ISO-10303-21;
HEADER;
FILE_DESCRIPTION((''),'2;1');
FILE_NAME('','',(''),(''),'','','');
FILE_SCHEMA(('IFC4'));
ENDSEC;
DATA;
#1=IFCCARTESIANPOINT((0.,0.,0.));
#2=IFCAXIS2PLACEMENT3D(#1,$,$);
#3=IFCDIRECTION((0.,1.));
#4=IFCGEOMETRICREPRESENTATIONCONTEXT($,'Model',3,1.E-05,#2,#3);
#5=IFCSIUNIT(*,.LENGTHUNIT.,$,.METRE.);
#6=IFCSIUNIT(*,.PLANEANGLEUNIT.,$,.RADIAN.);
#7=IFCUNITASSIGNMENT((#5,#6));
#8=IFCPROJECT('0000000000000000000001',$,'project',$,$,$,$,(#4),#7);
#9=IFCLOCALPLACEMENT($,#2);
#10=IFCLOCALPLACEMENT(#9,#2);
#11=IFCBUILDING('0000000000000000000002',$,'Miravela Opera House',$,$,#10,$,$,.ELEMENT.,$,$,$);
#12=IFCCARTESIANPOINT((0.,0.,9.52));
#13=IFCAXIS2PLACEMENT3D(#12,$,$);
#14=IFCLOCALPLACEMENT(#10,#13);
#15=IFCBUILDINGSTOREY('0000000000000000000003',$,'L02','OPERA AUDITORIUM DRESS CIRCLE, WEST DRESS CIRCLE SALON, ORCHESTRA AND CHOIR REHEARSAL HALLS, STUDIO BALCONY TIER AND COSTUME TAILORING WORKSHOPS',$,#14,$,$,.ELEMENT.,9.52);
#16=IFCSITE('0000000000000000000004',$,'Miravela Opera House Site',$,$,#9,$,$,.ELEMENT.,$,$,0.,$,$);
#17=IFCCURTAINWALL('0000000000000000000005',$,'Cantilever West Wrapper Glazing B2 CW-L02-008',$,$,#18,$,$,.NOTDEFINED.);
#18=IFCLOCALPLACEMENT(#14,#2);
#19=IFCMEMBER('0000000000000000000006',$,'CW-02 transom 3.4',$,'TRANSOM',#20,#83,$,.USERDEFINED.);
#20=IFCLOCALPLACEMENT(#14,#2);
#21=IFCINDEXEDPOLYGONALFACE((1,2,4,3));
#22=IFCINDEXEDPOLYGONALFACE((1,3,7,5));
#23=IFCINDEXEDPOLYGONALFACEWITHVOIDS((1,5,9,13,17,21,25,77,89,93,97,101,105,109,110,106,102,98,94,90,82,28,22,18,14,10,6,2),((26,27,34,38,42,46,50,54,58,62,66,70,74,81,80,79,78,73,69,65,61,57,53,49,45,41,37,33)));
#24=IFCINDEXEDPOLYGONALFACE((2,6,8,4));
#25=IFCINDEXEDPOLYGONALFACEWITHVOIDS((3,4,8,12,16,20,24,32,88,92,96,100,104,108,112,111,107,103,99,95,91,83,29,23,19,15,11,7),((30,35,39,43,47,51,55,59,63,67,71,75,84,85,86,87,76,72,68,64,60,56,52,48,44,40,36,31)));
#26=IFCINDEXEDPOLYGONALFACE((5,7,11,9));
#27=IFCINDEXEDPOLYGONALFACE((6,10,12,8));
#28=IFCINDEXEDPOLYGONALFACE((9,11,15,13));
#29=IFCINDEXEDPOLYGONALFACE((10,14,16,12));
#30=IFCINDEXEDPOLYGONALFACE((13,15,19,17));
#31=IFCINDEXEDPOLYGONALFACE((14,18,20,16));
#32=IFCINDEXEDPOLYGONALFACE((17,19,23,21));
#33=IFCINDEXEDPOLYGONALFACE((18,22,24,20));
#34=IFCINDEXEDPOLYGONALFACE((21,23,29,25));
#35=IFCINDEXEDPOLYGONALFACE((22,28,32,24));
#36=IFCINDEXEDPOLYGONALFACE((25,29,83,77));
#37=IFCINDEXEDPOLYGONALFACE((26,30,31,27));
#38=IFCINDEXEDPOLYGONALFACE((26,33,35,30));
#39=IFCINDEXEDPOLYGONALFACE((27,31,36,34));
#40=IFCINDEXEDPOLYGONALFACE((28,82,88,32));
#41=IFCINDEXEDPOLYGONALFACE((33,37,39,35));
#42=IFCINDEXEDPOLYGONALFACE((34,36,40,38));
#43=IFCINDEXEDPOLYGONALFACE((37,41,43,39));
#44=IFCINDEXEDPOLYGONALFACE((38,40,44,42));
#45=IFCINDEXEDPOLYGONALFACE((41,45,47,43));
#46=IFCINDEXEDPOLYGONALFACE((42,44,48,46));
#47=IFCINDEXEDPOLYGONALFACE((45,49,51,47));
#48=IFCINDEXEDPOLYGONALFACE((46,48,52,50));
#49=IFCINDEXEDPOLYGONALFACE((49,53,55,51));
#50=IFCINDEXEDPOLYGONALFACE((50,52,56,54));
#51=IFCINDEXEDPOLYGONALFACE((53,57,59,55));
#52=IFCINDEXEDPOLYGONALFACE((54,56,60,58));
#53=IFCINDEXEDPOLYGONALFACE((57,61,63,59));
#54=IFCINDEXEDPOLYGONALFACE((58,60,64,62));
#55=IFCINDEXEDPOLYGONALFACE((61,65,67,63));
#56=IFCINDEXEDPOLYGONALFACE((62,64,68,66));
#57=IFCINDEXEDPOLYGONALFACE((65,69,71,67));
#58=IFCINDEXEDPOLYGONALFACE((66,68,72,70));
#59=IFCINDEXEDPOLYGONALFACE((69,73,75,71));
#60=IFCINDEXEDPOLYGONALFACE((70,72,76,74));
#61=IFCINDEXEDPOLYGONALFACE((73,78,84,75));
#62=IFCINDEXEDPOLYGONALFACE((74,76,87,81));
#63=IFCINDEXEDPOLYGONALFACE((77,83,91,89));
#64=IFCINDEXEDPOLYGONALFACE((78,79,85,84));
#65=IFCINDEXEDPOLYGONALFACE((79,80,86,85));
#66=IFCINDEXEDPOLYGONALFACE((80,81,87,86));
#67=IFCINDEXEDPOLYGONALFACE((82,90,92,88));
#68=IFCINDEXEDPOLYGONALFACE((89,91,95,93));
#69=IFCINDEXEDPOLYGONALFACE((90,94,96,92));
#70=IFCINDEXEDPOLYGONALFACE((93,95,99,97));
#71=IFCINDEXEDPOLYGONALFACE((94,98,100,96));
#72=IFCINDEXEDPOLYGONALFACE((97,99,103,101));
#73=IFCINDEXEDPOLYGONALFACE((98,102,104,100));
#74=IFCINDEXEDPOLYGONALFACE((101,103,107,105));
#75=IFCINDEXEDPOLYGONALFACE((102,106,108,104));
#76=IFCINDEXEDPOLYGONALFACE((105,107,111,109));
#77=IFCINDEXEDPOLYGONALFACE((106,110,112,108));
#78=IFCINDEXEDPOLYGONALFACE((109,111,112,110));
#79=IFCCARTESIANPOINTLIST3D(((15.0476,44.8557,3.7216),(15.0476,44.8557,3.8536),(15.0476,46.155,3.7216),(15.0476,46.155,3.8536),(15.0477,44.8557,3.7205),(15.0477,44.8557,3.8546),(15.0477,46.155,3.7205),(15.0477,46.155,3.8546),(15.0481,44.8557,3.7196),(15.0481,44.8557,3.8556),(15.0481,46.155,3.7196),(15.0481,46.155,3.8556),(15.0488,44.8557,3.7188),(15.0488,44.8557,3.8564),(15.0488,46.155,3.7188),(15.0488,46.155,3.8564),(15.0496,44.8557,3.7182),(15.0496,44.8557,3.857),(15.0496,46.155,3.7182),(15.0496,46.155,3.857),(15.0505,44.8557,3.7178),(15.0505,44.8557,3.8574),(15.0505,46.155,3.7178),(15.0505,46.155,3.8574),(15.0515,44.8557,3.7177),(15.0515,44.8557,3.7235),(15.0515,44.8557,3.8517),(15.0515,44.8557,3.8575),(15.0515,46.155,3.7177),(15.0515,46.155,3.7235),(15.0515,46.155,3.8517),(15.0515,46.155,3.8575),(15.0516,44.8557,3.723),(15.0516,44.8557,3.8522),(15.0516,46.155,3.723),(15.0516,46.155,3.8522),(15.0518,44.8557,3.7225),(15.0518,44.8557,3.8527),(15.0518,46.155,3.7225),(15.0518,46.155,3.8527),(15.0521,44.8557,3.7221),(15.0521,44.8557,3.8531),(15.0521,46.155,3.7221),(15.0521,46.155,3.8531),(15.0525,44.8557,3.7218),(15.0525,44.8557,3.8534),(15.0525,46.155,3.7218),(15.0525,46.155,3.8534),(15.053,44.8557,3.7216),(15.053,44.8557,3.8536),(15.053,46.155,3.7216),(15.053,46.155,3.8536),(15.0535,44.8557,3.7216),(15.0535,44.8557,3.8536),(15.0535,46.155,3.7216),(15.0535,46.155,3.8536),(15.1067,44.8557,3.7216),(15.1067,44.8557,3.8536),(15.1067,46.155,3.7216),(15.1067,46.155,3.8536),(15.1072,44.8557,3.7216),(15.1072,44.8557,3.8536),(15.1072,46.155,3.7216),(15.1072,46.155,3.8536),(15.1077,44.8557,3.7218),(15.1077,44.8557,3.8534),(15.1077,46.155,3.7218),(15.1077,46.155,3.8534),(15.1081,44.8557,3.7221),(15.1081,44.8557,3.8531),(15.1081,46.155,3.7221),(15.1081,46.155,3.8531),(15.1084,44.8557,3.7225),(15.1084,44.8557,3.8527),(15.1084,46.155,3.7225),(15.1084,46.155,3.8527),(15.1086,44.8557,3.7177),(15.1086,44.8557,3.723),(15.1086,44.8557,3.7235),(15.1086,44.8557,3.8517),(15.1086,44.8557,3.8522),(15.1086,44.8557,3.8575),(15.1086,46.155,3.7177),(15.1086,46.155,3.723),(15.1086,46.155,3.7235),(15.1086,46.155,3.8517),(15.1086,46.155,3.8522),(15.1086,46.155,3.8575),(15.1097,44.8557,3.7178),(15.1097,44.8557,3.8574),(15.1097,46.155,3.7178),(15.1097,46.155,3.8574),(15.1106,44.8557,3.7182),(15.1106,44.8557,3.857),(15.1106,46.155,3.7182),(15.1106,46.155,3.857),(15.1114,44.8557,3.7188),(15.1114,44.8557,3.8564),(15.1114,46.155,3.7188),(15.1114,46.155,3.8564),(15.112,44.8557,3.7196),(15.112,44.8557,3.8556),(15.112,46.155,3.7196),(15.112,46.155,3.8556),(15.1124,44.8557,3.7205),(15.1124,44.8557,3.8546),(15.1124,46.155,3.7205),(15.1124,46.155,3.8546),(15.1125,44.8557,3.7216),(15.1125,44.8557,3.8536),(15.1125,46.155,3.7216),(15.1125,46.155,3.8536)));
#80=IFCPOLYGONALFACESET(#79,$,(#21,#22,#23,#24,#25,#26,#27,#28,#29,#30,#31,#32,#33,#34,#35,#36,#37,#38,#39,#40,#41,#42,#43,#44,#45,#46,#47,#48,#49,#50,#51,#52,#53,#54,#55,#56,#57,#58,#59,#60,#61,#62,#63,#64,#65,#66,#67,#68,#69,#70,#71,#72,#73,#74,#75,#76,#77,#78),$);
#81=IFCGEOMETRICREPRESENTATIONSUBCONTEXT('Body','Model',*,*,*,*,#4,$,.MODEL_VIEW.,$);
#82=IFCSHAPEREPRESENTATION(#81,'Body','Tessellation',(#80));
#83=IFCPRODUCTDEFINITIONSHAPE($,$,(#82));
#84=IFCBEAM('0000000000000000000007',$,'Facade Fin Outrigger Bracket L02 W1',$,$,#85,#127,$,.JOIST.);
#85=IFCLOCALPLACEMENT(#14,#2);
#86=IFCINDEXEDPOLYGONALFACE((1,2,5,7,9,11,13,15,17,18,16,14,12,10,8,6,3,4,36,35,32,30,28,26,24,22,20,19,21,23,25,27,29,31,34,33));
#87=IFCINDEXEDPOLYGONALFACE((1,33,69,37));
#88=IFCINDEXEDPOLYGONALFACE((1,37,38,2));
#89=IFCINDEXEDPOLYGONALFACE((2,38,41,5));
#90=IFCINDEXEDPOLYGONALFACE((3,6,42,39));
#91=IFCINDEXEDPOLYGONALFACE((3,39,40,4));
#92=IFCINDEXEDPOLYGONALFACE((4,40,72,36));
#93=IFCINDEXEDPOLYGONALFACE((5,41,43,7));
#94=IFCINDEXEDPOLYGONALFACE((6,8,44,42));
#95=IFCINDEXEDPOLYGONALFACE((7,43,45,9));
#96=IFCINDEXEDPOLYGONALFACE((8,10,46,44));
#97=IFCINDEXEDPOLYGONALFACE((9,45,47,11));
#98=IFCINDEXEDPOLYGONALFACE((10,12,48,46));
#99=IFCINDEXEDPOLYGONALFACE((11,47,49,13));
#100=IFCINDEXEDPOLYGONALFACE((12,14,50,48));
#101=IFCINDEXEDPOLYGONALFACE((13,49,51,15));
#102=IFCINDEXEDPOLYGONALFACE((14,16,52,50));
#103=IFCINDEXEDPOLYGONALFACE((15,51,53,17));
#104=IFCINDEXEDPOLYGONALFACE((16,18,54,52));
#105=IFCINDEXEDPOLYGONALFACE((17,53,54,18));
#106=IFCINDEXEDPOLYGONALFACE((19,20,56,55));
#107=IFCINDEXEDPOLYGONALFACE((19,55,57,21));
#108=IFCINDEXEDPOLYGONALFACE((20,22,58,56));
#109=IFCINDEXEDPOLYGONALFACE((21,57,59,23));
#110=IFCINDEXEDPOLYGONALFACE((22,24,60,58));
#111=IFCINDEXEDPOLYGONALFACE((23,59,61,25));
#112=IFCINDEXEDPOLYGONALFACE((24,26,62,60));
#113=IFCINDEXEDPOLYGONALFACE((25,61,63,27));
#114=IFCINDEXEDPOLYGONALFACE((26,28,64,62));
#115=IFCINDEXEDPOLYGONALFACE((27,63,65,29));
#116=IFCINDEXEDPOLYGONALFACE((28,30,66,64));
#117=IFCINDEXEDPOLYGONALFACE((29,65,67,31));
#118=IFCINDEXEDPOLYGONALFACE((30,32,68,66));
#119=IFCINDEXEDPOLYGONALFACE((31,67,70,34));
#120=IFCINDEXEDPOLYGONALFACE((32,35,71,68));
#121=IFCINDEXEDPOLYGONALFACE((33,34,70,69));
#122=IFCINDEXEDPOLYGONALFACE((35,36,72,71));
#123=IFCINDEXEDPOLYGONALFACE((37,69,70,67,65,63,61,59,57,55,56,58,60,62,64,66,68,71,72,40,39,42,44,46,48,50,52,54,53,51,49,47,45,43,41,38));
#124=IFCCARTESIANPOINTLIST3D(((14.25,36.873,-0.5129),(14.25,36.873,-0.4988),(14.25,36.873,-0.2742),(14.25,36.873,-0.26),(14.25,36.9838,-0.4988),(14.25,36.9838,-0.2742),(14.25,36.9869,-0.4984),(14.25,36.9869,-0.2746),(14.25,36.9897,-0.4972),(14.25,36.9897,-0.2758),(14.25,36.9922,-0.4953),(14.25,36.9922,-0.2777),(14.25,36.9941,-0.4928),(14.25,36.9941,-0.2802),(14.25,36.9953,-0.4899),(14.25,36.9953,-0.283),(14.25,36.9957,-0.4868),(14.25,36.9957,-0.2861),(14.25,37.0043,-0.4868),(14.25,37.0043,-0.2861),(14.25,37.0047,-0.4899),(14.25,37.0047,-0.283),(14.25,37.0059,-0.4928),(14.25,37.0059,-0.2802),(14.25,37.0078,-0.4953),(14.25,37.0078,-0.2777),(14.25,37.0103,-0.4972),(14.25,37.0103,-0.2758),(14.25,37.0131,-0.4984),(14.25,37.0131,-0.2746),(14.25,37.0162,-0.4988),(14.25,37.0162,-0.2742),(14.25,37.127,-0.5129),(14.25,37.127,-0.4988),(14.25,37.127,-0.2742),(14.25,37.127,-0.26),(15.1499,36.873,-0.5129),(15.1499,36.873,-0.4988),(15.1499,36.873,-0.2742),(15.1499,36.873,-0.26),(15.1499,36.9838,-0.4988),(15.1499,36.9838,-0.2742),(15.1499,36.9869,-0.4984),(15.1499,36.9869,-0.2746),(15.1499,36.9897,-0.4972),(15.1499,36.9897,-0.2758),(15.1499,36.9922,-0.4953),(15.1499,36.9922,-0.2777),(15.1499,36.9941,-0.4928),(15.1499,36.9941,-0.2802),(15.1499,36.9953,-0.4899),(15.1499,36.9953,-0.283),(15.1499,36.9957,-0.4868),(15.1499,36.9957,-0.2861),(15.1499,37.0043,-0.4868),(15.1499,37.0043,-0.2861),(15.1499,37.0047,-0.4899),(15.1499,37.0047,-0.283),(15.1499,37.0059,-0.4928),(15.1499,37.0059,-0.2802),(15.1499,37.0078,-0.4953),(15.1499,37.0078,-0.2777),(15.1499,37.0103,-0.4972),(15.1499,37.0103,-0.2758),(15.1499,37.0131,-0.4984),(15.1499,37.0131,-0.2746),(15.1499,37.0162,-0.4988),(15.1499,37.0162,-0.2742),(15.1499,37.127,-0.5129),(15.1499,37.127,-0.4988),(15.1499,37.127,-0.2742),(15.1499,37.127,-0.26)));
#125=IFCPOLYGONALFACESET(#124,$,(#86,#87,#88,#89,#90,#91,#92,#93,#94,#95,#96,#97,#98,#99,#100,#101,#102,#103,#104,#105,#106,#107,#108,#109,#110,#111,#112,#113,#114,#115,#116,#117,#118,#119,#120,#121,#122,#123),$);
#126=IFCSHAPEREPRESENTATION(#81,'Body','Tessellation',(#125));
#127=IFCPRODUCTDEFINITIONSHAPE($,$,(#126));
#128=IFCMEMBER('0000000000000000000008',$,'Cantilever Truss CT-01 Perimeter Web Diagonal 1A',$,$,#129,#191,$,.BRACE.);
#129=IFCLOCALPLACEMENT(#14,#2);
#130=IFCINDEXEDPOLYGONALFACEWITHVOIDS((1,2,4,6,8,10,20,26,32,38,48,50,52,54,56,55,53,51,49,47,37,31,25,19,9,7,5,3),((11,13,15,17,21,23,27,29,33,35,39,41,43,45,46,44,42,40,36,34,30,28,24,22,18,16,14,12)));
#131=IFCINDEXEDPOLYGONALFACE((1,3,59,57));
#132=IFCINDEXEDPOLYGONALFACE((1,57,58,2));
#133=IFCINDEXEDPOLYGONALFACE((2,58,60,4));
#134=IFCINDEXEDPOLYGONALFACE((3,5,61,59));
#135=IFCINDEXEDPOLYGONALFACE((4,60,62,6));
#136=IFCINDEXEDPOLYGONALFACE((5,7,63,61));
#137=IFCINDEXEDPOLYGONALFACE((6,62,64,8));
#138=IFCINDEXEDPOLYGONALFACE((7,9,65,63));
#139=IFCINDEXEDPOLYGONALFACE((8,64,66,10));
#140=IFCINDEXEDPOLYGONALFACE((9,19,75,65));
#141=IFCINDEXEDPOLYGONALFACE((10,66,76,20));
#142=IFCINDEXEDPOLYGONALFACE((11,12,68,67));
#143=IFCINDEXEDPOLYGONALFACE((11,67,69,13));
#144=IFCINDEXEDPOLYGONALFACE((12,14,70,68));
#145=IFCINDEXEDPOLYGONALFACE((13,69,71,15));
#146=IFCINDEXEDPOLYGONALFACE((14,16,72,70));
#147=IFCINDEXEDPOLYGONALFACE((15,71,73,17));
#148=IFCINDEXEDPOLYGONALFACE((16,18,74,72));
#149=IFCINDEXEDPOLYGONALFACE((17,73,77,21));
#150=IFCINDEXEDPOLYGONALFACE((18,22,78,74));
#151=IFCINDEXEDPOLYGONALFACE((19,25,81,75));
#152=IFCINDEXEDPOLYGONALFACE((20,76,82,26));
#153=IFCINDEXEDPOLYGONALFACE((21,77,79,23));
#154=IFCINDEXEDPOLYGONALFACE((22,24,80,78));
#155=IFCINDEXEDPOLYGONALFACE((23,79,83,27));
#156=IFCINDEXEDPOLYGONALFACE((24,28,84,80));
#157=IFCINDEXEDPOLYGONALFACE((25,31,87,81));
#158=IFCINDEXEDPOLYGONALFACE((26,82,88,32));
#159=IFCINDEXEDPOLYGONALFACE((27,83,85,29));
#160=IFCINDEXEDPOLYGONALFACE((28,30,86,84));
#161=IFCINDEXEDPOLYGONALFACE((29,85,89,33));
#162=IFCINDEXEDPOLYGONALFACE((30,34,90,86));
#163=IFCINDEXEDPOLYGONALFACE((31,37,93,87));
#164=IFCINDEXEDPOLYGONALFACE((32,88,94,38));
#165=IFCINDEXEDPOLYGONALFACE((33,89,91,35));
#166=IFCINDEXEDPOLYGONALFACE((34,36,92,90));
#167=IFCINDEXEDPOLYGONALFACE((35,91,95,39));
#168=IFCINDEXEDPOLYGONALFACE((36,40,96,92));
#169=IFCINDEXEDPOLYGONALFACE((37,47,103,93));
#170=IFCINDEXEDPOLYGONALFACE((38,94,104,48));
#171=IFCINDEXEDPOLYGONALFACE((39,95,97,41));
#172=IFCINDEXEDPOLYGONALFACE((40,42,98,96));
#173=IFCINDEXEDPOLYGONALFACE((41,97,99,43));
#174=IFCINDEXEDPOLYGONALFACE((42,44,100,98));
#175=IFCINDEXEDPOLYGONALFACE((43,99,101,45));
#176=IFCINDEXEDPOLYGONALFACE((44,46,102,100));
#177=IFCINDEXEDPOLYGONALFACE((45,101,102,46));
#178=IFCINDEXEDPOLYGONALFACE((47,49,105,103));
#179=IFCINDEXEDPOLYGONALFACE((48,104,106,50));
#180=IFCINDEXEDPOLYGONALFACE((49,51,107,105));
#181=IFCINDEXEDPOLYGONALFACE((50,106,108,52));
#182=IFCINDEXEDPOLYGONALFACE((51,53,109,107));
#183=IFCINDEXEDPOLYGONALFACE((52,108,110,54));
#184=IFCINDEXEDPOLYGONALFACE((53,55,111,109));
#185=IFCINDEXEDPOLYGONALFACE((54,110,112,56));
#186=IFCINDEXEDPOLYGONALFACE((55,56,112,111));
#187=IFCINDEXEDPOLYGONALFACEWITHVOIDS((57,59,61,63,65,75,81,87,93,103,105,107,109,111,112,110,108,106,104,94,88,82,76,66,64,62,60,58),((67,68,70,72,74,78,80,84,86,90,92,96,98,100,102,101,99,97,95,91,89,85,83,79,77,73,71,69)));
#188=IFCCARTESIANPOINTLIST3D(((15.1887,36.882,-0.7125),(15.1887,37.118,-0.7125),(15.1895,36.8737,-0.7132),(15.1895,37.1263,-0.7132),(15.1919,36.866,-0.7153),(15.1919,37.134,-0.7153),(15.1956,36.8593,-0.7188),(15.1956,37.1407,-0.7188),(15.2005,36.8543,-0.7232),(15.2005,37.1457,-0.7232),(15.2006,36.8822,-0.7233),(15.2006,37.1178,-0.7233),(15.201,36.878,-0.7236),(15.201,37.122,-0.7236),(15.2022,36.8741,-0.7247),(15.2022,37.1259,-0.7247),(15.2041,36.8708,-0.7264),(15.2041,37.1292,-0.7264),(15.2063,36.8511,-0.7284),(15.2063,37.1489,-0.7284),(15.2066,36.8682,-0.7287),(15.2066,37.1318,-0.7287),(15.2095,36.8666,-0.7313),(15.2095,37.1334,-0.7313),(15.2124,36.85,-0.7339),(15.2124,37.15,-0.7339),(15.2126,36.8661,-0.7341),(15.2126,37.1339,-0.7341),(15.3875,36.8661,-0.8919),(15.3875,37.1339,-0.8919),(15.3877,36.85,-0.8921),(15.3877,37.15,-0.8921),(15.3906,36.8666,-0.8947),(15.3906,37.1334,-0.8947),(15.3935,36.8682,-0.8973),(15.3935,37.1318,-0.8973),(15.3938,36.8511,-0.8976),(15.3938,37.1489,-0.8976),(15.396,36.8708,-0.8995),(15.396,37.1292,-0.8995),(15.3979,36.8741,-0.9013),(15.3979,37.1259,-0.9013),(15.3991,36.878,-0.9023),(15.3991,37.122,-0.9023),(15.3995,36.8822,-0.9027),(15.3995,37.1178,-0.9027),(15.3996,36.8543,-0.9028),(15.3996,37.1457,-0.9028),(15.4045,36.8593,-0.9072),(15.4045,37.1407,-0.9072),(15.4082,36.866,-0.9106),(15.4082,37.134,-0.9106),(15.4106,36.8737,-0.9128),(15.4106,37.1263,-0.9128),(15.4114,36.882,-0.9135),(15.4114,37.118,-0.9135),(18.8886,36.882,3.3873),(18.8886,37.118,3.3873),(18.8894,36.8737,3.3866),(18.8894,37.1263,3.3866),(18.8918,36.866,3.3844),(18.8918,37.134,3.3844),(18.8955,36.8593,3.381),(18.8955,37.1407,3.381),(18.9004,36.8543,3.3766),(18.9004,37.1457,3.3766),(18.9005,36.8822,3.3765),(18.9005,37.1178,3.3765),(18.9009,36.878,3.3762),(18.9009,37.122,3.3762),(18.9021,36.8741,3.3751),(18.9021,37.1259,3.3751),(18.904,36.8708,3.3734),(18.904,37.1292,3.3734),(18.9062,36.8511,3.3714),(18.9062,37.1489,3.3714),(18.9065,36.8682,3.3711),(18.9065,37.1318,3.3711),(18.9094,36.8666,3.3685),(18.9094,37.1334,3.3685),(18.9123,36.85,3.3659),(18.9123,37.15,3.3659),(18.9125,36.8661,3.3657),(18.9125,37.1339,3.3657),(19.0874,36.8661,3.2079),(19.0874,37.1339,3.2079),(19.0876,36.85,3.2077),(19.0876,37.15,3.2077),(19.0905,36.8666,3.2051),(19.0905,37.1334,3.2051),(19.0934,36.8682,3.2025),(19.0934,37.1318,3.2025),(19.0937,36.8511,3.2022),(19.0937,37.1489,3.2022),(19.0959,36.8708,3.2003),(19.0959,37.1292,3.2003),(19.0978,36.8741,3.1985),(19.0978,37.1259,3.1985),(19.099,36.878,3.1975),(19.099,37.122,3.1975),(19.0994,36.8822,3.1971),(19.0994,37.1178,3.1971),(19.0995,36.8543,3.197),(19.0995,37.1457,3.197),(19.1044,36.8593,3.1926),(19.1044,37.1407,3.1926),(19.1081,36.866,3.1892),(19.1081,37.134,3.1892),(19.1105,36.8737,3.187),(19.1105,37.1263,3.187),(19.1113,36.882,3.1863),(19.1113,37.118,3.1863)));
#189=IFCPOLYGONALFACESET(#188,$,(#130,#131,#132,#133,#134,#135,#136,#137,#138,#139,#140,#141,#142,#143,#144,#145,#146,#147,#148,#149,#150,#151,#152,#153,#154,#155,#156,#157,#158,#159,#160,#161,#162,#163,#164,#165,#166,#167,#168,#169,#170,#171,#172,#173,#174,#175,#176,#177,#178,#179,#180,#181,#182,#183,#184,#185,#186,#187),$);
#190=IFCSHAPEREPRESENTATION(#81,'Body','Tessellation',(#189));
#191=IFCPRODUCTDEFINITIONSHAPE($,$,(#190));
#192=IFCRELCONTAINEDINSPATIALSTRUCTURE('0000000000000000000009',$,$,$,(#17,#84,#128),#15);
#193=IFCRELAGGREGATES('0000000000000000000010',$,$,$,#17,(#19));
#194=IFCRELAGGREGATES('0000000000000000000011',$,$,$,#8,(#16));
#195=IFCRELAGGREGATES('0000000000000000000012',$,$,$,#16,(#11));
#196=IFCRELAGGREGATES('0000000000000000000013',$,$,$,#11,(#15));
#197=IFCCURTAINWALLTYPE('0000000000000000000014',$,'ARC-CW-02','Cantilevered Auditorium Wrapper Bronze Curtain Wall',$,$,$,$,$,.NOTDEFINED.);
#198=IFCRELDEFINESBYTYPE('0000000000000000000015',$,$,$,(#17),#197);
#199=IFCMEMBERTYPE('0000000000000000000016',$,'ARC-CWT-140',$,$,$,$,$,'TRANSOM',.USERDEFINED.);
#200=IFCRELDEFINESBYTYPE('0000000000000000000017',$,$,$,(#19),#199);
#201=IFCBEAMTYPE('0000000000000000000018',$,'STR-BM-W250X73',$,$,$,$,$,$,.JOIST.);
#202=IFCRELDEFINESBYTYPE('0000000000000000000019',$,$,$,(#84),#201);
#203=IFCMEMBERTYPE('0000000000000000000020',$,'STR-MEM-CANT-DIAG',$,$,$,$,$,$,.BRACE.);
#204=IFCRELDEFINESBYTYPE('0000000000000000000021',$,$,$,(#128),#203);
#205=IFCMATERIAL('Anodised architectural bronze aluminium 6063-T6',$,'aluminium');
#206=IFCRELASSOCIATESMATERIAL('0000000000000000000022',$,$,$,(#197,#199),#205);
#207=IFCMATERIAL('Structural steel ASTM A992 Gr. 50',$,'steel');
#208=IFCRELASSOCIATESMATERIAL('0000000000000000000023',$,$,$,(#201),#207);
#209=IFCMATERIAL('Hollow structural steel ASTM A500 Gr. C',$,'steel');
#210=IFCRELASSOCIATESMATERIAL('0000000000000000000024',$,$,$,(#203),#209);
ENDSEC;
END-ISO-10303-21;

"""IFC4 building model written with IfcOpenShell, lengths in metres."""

from ifc_helpers import new_model, si_unit, direction, frame, origin, origin_2d, place, context, subcontext, project, spatial, hollow_rectangle, i_section, extrude, material, material_profile, profile_set, type_object, element, aggregate, save


model = new_model("IFC4")

# Units and contexts
model_context = context("Model", 3, precision=1e-05, world=origin(), true_north=direction((0.0, 1.0)))
body_context = subcontext(model_context, "Body", "Model", "MODEL_VIEW")
ifc_project = project(units=[si_unit("LENGTHUNIT", "METRE"), si_unit("PLANEANGLEUNIT", "RADIAN")], contexts=[model_context])

# Site, building, storey
site_placement = place(None, origin())
site = spatial("IfcSite", under=ifc_project, at=site_placement, Name="Miravela Opera House Site", CompositionType="ELEMENT", RefElevation=0.0)
building_placement = place(site_placement, origin())
building = spatial("IfcBuilding", under=site, at=building_placement, Name="Miravela Opera House", CompositionType="ELEMENT")
storey_placement = place(building_placement, frame((0.0, 0.0, 9.52)))
storey = spatial("IfcBuildingStorey", under=building, at=storey_placement, Name="L02", Description="OPERA AUDITORIUM DRESS CIRCLE, WEST DRESS CIRCLE SALON, ORCHESTRA AND CHOIR REHEARSAL HALLS, STUDIO BALCONY TIER AND COSTUME TAILORING WORKSHOPS", CompositionType="ELEMENT", Elevation=9.52)

# Curtain wall, member
ifc_material_1 = material(Name="Anodised architectural bronze aluminium 6063-T6", Category="aluminium")
curtain_wall_type = type_object("IfcCurtainWallType", Name="ARC-CW-02", Description="Cantilevered Auditorium Wrapper Bronze Curtain Wall", PredefinedType="NOTDEFINED", material=ifc_material_1)
curtain_wall_placement = place(storey_placement, origin())
curtain_wall = element("IfcCurtainWall", 1, at=curtain_wall_placement, inside=storey, type_object=curtain_wall_type, Name="Cantilever West Wrapper Glazing B2 CW-L02-008", PredefinedType="NOTDEFINED")
ifc_material_profile_1 = material_profile(ifc_material_1, hollow_rectangle(XDim=0.0649, YDim=0.1399, WallThickness=0.0039, InnerFilletRadius=0.002, OuterFilletRadius=0.0039, at=origin_2d()), Name="CWT-65X140")
ifc_profile_set_1 = profile_set([ifc_material_profile_1])
member_type_1 = type_object("IfcMemberType", Name="ARC-CWT-140", ElementType="TRANSOM", PredefinedType="USERDEFINED", material=ifc_profile_set_1)
member_1_placement = place(storey_placement, frame((15.0801, 44.8557, 3.7876), z_axis=(0.0, 1.0, 0.0), x_axis=(-1.0, 0.0, 0.0)))
member_1 = element("IfcMember", 2, at=member_1_placement, type_object=member_type_1, Name="CW-02 transom 3.4", ObjectType="TRANSOM", PredefinedType="USERDEFINED", context=body_context, shape_type="SweptSolid", body=[
    extrude(hollow_rectangle(XDim=0.0649, YDim=0.1399, WallThickness=0.0039, InnerFilletRadius=0.002, OuterFilletRadius=0.0039, at=origin_2d()), origin(), (0.0, 0.0, 1.0), 1.2993),
])

# Beam
ifc_material_2 = material(Name="Structural steel ASTM A992 Gr. 50", Category="steel")
ifc_material_profile_2 = material_profile(ifc_material_2, i_section(OverallWidth=0.2539, OverallDepth=0.2529, WebThickness=0.0085, FlangeThickness=0.0142, FilletRadius=0.012, at=origin_2d()), Name="W250X73")
ifc_profile_set_2 = profile_set([ifc_material_profile_2])
beam_type = type_object("IfcBeamType", Name="STR-BM-W250X73", PredefinedType="JOIST", material=ifc_profile_set_2)
beam_placement = place(storey_placement, frame((15.1499, 37.0, -0.3865), z_axis=(-1.0, 0.0, 0.0), x_axis=(0.0, -1.0, 0.0)))
element("IfcBeam", 3, at=beam_placement, inside=storey, type_object=beam_type, Name="Facade Fin Outrigger Bracket L02 W1", PredefinedType="JOIST", context=body_context, shape_type="SweptSolid", body=[
    extrude(i_section(OverallWidth=0.2539, OverallDepth=0.2529, WebThickness=0.0085, FlangeThickness=0.0142, FilletRadius=0.012, at=origin_2d()), origin(), (0.0, 0.0, 1.0), 0.8999),
])

# Member
ifc_material_3 = material(Name="Hollow structural steel ASTM A500 Gr. C", Category="steel")
ifc_material_profile_3 = material_profile(ifc_material_3, hollow_rectangle(XDim=0.3, YDim=0.3, WallThickness=0.0161, InnerFilletRadius=0.0161, OuterFilletRadius=0.032, at=origin_2d()), Name="HSS300X300X16")
ifc_profile_set_3 = profile_set([ifc_material_profile_3])
member_type_2 = type_object("IfcMemberType", Name="STR-MEM-CANT-DIAG", PredefinedType="BRACE", material=ifc_profile_set_3)
member_2_placement = place(storey_placement, frame((15.3, 37.0, -0.813), z_axis=(0.669973, 0.0, 0.742386), x_axis=(0.0, 1.0, 0.0)))
element("IfcMember", 4, at=member_2_placement, inside=storey, type_object=member_type_2, Name="Cantilever Truss CT-01 Perimeter Web Diagonal 1A", PredefinedType="BRACE", context=body_context, shape_type="SweptSolid", body=[
    extrude(hollow_rectangle(XDim=0.3, YDim=0.3, WallThickness=0.0161, InnerFilletRadius=0.0161, OuterFilletRadius=0.032, at=origin_2d()), origin(), (0.0, 0.0, 1.0), 5.5225),
])

aggregate(curtain_wall, [member_1])

save(model, "model.ifc")
